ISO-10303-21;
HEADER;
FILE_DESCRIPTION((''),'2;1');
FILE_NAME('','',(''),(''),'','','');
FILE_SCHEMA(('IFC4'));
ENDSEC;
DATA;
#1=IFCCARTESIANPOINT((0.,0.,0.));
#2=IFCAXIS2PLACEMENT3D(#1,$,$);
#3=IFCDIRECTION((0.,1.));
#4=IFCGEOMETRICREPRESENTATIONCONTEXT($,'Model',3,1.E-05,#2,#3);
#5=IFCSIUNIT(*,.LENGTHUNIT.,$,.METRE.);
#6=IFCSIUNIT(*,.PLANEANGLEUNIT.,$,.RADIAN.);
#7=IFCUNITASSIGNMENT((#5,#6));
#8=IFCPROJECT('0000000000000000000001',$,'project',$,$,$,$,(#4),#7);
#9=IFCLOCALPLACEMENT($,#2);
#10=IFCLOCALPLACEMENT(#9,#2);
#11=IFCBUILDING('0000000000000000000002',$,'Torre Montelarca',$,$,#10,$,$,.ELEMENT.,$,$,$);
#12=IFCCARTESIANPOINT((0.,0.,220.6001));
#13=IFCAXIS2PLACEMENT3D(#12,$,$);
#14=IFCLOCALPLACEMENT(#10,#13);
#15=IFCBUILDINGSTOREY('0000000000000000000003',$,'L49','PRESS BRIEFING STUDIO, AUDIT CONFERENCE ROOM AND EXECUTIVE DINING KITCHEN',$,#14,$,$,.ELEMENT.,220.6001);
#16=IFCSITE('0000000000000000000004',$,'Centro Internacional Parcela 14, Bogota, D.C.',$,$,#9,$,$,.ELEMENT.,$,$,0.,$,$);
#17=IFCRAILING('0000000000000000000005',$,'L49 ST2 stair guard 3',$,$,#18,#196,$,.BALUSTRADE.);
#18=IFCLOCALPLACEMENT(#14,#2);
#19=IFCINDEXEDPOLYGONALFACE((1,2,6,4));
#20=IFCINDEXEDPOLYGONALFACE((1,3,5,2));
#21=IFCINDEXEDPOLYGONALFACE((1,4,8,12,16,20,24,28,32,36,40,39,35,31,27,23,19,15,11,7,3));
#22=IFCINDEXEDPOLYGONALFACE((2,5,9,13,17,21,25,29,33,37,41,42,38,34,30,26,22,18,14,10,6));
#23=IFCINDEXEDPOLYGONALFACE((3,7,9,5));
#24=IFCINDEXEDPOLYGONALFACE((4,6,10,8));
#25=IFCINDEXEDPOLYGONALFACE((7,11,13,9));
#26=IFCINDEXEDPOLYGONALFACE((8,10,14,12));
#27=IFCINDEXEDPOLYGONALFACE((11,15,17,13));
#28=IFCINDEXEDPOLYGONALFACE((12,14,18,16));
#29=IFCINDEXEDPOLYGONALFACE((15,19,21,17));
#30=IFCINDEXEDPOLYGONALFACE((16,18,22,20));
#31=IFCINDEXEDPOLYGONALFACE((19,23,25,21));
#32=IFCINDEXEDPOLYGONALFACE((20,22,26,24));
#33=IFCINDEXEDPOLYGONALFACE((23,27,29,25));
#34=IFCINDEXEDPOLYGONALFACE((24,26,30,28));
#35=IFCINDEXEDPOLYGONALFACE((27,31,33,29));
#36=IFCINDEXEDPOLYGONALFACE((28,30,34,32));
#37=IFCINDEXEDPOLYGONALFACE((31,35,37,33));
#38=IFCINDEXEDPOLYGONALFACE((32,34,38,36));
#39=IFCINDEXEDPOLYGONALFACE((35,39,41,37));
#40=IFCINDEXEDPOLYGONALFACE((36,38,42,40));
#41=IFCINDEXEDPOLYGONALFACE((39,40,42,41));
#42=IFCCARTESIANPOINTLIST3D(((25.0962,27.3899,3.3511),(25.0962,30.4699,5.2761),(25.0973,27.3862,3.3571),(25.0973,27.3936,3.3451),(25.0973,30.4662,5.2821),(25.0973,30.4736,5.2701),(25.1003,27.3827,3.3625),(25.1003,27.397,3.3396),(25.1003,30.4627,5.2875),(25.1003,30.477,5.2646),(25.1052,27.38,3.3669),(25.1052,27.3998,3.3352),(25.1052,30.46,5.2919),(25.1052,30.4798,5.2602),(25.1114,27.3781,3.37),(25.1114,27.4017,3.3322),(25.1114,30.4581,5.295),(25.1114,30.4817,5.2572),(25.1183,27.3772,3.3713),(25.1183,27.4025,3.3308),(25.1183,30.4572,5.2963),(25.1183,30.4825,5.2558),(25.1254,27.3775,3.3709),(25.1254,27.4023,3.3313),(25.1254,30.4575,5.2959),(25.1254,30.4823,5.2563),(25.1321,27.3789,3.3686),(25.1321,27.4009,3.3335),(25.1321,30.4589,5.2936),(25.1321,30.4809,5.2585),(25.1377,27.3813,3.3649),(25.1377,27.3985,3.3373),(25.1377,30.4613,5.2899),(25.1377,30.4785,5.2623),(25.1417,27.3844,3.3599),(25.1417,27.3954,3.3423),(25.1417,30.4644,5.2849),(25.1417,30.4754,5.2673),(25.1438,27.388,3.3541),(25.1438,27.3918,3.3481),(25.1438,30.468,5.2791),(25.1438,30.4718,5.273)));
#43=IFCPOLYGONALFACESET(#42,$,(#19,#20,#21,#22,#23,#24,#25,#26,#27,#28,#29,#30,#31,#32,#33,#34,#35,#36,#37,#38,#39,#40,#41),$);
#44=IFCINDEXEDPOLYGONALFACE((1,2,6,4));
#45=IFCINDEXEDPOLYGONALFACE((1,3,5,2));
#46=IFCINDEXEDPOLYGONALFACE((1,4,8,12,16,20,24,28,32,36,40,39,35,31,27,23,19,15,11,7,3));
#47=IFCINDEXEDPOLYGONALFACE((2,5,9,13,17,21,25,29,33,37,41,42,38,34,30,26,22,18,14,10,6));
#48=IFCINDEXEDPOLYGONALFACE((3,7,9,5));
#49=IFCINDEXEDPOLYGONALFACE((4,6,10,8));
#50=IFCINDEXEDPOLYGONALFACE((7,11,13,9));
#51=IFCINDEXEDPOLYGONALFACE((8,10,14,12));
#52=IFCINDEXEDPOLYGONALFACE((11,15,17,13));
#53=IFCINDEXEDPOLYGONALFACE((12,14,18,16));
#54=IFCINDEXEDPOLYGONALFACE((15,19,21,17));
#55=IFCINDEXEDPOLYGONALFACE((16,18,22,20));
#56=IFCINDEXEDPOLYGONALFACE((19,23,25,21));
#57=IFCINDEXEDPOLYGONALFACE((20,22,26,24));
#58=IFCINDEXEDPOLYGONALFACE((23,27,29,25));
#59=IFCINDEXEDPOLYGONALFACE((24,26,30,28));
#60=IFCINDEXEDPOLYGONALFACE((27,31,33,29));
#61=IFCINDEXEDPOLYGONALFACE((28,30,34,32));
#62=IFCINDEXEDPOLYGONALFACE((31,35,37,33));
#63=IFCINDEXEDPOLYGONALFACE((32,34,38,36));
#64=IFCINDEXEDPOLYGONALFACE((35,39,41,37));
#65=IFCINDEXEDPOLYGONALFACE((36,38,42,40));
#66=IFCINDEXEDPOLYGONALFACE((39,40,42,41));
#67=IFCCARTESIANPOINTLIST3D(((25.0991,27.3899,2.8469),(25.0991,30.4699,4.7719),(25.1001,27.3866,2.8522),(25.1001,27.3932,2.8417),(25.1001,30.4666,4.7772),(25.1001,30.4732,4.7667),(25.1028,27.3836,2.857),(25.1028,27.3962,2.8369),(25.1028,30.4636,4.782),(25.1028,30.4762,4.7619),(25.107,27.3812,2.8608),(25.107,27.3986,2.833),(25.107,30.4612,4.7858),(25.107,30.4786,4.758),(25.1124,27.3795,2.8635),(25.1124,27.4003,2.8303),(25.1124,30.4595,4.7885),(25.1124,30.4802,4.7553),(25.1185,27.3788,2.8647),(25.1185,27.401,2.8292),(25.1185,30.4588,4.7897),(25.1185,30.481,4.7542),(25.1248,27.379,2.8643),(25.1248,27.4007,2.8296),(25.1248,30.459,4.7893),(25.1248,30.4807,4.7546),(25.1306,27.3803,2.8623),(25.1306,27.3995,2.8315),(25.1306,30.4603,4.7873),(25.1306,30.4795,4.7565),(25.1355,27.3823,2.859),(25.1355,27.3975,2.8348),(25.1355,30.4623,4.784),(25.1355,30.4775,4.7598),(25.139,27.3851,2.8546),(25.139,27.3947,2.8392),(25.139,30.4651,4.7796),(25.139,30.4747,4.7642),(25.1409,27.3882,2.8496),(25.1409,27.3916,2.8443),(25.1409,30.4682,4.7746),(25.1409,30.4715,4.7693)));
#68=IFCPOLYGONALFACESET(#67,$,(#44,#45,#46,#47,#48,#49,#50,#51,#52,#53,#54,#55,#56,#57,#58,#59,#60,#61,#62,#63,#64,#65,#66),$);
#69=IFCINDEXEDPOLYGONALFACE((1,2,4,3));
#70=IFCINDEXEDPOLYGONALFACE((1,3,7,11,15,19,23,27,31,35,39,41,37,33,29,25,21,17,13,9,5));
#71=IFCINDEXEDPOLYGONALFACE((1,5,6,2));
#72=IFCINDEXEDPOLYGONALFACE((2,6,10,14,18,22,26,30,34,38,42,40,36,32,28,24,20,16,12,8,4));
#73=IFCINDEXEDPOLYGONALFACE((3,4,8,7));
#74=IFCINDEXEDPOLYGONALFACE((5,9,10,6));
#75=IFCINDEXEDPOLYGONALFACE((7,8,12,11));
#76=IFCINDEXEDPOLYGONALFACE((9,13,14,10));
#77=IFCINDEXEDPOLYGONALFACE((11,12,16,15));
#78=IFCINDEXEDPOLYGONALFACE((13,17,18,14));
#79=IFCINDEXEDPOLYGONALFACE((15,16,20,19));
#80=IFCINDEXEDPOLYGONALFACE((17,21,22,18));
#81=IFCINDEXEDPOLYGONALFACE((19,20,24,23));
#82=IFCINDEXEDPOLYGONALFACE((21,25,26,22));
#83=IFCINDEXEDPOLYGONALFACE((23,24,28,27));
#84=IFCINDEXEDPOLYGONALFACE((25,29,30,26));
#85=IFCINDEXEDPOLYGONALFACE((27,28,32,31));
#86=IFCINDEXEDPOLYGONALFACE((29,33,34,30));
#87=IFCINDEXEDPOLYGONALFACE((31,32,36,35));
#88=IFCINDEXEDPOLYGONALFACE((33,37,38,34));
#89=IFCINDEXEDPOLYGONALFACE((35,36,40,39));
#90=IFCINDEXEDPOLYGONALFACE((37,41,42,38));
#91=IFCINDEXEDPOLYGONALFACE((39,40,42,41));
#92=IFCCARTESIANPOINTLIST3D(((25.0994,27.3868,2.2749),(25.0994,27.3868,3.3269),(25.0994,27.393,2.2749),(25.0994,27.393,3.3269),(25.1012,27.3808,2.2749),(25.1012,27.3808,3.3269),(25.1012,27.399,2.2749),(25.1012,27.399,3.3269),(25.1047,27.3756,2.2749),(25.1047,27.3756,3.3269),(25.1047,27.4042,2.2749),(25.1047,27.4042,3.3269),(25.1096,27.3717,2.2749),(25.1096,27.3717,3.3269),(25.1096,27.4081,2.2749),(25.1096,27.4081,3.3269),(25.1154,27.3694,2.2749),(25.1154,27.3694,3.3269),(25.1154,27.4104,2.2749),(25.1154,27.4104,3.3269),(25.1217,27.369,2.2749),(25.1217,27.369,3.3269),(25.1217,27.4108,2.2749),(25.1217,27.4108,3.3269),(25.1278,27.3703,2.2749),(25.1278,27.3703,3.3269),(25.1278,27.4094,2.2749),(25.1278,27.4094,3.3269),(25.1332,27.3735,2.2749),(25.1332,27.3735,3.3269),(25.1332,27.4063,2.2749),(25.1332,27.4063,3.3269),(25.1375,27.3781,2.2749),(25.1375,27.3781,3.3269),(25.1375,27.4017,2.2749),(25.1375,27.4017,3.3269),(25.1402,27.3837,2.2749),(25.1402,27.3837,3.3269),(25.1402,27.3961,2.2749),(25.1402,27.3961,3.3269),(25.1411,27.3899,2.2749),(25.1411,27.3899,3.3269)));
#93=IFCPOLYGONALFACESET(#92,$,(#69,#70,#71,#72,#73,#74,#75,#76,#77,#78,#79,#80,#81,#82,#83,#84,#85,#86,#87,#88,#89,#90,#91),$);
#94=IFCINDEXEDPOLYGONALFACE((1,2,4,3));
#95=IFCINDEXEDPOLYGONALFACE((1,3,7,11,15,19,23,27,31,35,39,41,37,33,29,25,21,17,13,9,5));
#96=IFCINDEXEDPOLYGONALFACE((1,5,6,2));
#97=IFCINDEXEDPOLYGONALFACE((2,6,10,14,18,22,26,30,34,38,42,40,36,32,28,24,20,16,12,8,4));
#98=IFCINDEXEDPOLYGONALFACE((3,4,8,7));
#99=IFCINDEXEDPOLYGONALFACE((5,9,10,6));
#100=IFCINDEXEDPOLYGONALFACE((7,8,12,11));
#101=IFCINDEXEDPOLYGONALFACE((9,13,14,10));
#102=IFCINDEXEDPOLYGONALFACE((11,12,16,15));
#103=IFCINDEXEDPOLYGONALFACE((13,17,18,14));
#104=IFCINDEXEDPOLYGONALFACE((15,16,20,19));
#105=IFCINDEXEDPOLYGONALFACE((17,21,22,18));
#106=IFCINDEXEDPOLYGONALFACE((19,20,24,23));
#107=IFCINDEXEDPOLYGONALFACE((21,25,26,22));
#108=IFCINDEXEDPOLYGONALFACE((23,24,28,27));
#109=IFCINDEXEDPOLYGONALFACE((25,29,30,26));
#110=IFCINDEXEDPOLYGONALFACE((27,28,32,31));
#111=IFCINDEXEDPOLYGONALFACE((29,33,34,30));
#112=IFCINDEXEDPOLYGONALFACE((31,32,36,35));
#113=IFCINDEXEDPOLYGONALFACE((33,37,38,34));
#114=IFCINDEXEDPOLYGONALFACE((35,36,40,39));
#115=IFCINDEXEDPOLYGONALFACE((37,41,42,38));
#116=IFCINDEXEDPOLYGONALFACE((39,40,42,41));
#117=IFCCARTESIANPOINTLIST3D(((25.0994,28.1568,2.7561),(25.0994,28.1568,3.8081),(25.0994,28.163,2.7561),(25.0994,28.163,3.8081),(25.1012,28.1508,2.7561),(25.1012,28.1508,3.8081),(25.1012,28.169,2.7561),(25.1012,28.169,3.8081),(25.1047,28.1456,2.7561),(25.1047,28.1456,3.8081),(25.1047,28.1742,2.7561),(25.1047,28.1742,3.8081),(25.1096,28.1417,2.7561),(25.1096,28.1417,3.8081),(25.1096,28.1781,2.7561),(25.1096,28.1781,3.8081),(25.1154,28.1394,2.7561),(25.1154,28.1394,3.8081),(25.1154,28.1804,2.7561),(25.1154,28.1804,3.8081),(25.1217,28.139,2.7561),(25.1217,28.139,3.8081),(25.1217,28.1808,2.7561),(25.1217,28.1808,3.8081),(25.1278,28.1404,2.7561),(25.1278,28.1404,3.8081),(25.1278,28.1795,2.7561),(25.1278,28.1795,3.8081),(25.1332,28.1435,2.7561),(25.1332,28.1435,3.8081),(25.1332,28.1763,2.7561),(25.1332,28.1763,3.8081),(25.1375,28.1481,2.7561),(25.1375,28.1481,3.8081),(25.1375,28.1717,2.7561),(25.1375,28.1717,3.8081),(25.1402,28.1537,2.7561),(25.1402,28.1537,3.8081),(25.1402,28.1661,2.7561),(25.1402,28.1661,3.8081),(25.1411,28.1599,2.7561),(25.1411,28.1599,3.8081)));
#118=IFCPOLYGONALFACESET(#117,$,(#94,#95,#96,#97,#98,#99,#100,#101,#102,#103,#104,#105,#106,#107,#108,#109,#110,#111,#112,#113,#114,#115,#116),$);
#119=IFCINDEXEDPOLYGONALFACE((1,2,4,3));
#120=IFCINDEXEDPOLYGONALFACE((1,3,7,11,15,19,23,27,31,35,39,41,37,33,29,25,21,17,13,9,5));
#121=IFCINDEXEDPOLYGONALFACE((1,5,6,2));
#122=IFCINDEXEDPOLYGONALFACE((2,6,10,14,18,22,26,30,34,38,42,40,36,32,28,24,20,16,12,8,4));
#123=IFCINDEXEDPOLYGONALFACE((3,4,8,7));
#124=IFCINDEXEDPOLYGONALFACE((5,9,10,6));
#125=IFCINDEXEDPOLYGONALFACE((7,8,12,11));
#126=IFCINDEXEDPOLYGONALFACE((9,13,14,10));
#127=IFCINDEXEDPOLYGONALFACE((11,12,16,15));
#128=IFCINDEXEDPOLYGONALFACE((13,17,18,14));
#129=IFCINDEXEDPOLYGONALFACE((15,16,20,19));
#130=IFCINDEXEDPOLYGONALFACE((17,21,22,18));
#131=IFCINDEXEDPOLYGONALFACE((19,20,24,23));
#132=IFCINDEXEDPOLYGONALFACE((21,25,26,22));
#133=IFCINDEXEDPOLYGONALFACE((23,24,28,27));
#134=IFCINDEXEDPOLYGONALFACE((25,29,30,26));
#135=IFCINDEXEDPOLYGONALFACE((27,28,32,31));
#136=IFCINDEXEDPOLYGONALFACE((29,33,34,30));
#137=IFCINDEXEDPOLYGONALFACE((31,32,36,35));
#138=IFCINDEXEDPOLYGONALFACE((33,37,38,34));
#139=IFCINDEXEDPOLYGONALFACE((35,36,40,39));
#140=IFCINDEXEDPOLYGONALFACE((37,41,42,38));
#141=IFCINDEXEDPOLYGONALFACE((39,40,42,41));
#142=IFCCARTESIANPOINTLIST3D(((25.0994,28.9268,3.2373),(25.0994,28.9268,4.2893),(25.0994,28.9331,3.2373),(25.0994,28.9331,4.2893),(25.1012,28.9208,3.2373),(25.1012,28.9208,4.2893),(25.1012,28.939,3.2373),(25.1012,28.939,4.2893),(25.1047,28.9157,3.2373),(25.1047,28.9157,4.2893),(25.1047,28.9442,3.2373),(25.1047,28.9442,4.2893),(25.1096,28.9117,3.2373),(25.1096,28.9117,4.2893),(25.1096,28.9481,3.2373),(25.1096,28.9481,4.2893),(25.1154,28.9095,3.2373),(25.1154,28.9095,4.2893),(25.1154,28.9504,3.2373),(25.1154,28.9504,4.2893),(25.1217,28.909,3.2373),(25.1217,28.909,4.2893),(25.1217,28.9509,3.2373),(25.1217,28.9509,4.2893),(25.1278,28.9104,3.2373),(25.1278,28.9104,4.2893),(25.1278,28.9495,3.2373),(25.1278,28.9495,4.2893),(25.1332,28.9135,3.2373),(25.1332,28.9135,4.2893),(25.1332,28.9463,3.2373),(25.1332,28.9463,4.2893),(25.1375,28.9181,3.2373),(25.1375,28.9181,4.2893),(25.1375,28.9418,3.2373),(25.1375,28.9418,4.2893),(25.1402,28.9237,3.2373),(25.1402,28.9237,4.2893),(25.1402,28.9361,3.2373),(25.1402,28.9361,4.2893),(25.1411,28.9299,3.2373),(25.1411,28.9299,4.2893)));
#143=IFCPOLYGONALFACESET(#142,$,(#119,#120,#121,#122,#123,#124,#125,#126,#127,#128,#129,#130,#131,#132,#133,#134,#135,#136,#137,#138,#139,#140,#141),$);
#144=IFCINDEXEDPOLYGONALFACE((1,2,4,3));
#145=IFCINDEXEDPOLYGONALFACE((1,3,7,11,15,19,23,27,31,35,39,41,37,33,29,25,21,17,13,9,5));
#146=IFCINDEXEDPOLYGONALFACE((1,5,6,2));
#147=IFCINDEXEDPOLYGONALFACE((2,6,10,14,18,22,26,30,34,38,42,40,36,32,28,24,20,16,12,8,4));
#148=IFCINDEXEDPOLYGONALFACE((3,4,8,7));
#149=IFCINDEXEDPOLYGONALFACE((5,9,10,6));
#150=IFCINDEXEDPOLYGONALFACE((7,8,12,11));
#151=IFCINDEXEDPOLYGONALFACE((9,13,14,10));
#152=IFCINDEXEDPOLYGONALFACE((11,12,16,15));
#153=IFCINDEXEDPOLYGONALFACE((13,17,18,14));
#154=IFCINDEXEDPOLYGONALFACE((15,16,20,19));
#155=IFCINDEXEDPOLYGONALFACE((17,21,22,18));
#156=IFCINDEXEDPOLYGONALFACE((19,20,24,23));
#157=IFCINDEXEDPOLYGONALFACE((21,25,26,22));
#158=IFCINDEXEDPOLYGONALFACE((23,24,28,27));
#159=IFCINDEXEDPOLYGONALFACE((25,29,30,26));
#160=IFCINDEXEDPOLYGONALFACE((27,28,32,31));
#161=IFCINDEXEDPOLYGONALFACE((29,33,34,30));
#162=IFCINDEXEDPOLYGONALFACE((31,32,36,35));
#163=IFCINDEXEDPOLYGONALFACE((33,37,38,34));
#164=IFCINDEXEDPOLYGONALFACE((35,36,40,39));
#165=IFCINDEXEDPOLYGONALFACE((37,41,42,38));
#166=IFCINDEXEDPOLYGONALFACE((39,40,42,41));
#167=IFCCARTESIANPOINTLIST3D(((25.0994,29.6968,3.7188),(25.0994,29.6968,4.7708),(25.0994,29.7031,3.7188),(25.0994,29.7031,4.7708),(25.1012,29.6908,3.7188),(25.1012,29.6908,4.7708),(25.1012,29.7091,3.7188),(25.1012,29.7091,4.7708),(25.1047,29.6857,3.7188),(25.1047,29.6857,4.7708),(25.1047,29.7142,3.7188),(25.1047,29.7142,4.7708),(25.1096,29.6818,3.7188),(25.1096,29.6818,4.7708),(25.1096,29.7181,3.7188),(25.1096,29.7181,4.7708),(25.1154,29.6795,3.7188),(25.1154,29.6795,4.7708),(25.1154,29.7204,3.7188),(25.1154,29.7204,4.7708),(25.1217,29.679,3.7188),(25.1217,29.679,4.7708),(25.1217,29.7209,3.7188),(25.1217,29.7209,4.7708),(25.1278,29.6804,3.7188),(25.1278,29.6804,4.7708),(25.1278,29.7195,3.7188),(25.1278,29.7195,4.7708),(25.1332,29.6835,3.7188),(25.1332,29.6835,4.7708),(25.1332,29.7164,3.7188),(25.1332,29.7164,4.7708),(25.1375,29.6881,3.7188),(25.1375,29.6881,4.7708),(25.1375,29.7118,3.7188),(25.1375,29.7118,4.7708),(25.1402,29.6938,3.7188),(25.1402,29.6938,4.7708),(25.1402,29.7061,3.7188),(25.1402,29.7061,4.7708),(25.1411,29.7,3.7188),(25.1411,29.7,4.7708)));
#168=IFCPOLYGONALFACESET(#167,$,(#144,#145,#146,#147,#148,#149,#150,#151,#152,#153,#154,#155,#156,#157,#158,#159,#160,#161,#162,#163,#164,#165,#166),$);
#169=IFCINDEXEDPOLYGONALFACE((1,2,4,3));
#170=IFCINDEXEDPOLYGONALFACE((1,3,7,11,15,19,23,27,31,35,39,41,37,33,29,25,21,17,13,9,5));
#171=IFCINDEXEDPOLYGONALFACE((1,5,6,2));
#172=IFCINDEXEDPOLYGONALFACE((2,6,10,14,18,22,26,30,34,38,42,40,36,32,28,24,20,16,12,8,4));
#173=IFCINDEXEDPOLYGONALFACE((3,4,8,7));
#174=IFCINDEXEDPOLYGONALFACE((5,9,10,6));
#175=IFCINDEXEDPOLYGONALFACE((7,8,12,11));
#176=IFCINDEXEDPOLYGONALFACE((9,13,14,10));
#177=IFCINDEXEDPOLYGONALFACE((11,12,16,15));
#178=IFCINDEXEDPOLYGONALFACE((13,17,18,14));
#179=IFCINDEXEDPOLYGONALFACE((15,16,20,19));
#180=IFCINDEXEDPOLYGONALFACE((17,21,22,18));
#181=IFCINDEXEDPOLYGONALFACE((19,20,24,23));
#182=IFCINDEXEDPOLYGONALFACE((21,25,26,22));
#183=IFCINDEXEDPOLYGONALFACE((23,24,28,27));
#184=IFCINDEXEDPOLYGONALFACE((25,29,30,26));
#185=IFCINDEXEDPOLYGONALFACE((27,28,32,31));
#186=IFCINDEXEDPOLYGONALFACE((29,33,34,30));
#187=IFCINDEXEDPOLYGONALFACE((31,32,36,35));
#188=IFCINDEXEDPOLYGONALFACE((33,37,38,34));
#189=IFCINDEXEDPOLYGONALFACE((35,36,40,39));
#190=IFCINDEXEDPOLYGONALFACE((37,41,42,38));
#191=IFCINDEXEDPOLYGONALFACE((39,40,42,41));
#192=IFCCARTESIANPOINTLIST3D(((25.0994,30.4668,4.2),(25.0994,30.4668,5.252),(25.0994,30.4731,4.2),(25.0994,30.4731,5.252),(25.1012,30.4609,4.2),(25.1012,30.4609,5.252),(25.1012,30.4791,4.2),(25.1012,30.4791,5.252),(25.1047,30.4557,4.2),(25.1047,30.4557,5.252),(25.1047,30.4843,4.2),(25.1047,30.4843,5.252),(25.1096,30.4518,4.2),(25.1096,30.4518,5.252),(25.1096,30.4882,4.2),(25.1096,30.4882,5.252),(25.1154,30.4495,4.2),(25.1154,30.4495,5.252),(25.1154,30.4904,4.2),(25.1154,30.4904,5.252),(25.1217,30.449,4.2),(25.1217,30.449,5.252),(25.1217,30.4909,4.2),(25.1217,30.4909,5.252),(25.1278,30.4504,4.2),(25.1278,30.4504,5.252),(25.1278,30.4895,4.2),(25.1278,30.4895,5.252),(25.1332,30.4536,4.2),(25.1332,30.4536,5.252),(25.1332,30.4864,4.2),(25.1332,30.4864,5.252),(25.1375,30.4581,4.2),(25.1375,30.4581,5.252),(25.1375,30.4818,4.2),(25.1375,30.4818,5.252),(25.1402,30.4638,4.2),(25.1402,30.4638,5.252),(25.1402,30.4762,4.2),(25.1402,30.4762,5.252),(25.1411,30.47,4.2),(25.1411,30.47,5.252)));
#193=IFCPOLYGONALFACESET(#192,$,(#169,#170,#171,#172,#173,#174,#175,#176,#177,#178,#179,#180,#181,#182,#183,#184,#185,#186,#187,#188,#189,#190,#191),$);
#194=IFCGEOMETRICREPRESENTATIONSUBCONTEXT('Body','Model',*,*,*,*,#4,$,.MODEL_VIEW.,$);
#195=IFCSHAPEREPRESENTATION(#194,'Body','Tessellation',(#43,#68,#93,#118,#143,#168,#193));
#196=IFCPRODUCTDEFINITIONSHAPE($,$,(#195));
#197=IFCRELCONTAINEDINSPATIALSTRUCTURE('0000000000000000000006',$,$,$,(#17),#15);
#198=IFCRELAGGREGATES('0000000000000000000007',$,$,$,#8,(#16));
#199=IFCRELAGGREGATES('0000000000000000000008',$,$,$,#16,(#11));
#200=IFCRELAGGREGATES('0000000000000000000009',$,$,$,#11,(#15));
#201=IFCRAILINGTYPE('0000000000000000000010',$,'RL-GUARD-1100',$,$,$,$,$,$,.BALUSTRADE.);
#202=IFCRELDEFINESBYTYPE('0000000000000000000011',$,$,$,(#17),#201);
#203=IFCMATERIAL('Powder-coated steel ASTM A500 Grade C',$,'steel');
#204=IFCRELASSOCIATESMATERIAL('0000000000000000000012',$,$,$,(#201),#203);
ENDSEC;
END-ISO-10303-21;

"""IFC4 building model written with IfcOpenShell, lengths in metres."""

from ifc_helpers import new_model, si_unit, direction, frame, origin, origin_2d, place, context, subcontext, project, spatial, circle, extrude, material, type_object, element, save


model = new_model("IFC4")

# Units and contexts
model_context = context("Model", 3, precision=1e-05, world=origin(), true_north=direction((0.0, 1.0)))
body_context = subcontext(model_context, "Body", "Model", "MODEL_VIEW")
ifc_project = project(units=[si_unit("LENGTHUNIT", "METRE"), si_unit("PLANEANGLEUNIT", "RADIAN")], contexts=[model_context])

# Site, building, storey
site_placement = place(None, origin())
site = spatial("IfcSite", under=ifc_project, at=site_placement, Name="Centro Internacional Parcela 14, Bogota, D.C.", CompositionType="ELEMENT", RefElevation=0.0)
building_placement = place(site_placement, origin())
building = spatial("IfcBuilding", under=site, at=building_placement, Name="Torre Montelarca", CompositionType="ELEMENT")
storey_placement = place(building_placement, frame((0.0, 0.0, 220.6001)))
storey = spatial("IfcBuildingStorey", under=building, at=storey_placement, Name="L49", Description="PRESS BRIEFING STUDIO, AUDIT CONFERENCE ROOM AND EXECUTIVE DINING KITCHEN", CompositionType="ELEMENT", Elevation=220.6001)

# Railing
ifc_material_1 = material(Name="Powder-coated steel ASTM A500 Grade C", Category="steel")
railing_type_1 = type_object("IfcRailingType", Name="RL-GUARD-1100", PredefinedType="BALUSTRADE", material=ifc_material_1)
railing_1_placement = place(storey_placement, frame((25.1201, 27.3899, 2.2749)))
element("IfcRailing", 1, at=railing_1_placement, inside=storey, type_object=railing_type_1, Name="L49 ST2 stair guard 3", PredefinedType="BALUSTRADE", context=body_context, shape_type="SweptSolid", body=[
    extrude(circle(Radius=0.0239, at=origin_2d()), frame((0.0, 0.0, 1.0762), z_axis=(0.0, 0.847998, 0.529999), x_axis=(-1.0, 0.0, 0.0)), (0.0, 0.0, 1.0), 3.6321),
    extrude(circle(Radius=0.021, at=origin_2d()), frame((0.0, 0.0, 0.572), z_axis=(0.0, 0.847998, 0.529999), x_axis=(-1.0, 0.0, 0.0)), (0.0, 0.0, 1.0), 3.6321),
    extrude(circle(Radius=0.021, at=origin_2d()), origin(), (0.0, 0.0, 1.0), 1.052),
    extrude(circle(Radius=0.021, at=origin_2d()), frame((0.0, 0.77, 0.4812)), (0.0, 0.0, 1.0), 1.052),
    extrude(circle(Radius=0.021, at=origin_2d()), frame((0.0, 1.54, 0.9624)), (0.0, 0.0, 1.0), 1.052),
    extrude(circle(Radius=0.021, at=origin_2d()), frame((0.0, 2.3101, 1.4438)), (0.0, 0.0, 1.0), 1.052),
    extrude(circle(Radius=0.021, at=origin_2d()), frame((0.0, 3.0801, 1.925)), (0.0, 0.0, 1.0), 1.052),
])

save(model, "model.ifc")
